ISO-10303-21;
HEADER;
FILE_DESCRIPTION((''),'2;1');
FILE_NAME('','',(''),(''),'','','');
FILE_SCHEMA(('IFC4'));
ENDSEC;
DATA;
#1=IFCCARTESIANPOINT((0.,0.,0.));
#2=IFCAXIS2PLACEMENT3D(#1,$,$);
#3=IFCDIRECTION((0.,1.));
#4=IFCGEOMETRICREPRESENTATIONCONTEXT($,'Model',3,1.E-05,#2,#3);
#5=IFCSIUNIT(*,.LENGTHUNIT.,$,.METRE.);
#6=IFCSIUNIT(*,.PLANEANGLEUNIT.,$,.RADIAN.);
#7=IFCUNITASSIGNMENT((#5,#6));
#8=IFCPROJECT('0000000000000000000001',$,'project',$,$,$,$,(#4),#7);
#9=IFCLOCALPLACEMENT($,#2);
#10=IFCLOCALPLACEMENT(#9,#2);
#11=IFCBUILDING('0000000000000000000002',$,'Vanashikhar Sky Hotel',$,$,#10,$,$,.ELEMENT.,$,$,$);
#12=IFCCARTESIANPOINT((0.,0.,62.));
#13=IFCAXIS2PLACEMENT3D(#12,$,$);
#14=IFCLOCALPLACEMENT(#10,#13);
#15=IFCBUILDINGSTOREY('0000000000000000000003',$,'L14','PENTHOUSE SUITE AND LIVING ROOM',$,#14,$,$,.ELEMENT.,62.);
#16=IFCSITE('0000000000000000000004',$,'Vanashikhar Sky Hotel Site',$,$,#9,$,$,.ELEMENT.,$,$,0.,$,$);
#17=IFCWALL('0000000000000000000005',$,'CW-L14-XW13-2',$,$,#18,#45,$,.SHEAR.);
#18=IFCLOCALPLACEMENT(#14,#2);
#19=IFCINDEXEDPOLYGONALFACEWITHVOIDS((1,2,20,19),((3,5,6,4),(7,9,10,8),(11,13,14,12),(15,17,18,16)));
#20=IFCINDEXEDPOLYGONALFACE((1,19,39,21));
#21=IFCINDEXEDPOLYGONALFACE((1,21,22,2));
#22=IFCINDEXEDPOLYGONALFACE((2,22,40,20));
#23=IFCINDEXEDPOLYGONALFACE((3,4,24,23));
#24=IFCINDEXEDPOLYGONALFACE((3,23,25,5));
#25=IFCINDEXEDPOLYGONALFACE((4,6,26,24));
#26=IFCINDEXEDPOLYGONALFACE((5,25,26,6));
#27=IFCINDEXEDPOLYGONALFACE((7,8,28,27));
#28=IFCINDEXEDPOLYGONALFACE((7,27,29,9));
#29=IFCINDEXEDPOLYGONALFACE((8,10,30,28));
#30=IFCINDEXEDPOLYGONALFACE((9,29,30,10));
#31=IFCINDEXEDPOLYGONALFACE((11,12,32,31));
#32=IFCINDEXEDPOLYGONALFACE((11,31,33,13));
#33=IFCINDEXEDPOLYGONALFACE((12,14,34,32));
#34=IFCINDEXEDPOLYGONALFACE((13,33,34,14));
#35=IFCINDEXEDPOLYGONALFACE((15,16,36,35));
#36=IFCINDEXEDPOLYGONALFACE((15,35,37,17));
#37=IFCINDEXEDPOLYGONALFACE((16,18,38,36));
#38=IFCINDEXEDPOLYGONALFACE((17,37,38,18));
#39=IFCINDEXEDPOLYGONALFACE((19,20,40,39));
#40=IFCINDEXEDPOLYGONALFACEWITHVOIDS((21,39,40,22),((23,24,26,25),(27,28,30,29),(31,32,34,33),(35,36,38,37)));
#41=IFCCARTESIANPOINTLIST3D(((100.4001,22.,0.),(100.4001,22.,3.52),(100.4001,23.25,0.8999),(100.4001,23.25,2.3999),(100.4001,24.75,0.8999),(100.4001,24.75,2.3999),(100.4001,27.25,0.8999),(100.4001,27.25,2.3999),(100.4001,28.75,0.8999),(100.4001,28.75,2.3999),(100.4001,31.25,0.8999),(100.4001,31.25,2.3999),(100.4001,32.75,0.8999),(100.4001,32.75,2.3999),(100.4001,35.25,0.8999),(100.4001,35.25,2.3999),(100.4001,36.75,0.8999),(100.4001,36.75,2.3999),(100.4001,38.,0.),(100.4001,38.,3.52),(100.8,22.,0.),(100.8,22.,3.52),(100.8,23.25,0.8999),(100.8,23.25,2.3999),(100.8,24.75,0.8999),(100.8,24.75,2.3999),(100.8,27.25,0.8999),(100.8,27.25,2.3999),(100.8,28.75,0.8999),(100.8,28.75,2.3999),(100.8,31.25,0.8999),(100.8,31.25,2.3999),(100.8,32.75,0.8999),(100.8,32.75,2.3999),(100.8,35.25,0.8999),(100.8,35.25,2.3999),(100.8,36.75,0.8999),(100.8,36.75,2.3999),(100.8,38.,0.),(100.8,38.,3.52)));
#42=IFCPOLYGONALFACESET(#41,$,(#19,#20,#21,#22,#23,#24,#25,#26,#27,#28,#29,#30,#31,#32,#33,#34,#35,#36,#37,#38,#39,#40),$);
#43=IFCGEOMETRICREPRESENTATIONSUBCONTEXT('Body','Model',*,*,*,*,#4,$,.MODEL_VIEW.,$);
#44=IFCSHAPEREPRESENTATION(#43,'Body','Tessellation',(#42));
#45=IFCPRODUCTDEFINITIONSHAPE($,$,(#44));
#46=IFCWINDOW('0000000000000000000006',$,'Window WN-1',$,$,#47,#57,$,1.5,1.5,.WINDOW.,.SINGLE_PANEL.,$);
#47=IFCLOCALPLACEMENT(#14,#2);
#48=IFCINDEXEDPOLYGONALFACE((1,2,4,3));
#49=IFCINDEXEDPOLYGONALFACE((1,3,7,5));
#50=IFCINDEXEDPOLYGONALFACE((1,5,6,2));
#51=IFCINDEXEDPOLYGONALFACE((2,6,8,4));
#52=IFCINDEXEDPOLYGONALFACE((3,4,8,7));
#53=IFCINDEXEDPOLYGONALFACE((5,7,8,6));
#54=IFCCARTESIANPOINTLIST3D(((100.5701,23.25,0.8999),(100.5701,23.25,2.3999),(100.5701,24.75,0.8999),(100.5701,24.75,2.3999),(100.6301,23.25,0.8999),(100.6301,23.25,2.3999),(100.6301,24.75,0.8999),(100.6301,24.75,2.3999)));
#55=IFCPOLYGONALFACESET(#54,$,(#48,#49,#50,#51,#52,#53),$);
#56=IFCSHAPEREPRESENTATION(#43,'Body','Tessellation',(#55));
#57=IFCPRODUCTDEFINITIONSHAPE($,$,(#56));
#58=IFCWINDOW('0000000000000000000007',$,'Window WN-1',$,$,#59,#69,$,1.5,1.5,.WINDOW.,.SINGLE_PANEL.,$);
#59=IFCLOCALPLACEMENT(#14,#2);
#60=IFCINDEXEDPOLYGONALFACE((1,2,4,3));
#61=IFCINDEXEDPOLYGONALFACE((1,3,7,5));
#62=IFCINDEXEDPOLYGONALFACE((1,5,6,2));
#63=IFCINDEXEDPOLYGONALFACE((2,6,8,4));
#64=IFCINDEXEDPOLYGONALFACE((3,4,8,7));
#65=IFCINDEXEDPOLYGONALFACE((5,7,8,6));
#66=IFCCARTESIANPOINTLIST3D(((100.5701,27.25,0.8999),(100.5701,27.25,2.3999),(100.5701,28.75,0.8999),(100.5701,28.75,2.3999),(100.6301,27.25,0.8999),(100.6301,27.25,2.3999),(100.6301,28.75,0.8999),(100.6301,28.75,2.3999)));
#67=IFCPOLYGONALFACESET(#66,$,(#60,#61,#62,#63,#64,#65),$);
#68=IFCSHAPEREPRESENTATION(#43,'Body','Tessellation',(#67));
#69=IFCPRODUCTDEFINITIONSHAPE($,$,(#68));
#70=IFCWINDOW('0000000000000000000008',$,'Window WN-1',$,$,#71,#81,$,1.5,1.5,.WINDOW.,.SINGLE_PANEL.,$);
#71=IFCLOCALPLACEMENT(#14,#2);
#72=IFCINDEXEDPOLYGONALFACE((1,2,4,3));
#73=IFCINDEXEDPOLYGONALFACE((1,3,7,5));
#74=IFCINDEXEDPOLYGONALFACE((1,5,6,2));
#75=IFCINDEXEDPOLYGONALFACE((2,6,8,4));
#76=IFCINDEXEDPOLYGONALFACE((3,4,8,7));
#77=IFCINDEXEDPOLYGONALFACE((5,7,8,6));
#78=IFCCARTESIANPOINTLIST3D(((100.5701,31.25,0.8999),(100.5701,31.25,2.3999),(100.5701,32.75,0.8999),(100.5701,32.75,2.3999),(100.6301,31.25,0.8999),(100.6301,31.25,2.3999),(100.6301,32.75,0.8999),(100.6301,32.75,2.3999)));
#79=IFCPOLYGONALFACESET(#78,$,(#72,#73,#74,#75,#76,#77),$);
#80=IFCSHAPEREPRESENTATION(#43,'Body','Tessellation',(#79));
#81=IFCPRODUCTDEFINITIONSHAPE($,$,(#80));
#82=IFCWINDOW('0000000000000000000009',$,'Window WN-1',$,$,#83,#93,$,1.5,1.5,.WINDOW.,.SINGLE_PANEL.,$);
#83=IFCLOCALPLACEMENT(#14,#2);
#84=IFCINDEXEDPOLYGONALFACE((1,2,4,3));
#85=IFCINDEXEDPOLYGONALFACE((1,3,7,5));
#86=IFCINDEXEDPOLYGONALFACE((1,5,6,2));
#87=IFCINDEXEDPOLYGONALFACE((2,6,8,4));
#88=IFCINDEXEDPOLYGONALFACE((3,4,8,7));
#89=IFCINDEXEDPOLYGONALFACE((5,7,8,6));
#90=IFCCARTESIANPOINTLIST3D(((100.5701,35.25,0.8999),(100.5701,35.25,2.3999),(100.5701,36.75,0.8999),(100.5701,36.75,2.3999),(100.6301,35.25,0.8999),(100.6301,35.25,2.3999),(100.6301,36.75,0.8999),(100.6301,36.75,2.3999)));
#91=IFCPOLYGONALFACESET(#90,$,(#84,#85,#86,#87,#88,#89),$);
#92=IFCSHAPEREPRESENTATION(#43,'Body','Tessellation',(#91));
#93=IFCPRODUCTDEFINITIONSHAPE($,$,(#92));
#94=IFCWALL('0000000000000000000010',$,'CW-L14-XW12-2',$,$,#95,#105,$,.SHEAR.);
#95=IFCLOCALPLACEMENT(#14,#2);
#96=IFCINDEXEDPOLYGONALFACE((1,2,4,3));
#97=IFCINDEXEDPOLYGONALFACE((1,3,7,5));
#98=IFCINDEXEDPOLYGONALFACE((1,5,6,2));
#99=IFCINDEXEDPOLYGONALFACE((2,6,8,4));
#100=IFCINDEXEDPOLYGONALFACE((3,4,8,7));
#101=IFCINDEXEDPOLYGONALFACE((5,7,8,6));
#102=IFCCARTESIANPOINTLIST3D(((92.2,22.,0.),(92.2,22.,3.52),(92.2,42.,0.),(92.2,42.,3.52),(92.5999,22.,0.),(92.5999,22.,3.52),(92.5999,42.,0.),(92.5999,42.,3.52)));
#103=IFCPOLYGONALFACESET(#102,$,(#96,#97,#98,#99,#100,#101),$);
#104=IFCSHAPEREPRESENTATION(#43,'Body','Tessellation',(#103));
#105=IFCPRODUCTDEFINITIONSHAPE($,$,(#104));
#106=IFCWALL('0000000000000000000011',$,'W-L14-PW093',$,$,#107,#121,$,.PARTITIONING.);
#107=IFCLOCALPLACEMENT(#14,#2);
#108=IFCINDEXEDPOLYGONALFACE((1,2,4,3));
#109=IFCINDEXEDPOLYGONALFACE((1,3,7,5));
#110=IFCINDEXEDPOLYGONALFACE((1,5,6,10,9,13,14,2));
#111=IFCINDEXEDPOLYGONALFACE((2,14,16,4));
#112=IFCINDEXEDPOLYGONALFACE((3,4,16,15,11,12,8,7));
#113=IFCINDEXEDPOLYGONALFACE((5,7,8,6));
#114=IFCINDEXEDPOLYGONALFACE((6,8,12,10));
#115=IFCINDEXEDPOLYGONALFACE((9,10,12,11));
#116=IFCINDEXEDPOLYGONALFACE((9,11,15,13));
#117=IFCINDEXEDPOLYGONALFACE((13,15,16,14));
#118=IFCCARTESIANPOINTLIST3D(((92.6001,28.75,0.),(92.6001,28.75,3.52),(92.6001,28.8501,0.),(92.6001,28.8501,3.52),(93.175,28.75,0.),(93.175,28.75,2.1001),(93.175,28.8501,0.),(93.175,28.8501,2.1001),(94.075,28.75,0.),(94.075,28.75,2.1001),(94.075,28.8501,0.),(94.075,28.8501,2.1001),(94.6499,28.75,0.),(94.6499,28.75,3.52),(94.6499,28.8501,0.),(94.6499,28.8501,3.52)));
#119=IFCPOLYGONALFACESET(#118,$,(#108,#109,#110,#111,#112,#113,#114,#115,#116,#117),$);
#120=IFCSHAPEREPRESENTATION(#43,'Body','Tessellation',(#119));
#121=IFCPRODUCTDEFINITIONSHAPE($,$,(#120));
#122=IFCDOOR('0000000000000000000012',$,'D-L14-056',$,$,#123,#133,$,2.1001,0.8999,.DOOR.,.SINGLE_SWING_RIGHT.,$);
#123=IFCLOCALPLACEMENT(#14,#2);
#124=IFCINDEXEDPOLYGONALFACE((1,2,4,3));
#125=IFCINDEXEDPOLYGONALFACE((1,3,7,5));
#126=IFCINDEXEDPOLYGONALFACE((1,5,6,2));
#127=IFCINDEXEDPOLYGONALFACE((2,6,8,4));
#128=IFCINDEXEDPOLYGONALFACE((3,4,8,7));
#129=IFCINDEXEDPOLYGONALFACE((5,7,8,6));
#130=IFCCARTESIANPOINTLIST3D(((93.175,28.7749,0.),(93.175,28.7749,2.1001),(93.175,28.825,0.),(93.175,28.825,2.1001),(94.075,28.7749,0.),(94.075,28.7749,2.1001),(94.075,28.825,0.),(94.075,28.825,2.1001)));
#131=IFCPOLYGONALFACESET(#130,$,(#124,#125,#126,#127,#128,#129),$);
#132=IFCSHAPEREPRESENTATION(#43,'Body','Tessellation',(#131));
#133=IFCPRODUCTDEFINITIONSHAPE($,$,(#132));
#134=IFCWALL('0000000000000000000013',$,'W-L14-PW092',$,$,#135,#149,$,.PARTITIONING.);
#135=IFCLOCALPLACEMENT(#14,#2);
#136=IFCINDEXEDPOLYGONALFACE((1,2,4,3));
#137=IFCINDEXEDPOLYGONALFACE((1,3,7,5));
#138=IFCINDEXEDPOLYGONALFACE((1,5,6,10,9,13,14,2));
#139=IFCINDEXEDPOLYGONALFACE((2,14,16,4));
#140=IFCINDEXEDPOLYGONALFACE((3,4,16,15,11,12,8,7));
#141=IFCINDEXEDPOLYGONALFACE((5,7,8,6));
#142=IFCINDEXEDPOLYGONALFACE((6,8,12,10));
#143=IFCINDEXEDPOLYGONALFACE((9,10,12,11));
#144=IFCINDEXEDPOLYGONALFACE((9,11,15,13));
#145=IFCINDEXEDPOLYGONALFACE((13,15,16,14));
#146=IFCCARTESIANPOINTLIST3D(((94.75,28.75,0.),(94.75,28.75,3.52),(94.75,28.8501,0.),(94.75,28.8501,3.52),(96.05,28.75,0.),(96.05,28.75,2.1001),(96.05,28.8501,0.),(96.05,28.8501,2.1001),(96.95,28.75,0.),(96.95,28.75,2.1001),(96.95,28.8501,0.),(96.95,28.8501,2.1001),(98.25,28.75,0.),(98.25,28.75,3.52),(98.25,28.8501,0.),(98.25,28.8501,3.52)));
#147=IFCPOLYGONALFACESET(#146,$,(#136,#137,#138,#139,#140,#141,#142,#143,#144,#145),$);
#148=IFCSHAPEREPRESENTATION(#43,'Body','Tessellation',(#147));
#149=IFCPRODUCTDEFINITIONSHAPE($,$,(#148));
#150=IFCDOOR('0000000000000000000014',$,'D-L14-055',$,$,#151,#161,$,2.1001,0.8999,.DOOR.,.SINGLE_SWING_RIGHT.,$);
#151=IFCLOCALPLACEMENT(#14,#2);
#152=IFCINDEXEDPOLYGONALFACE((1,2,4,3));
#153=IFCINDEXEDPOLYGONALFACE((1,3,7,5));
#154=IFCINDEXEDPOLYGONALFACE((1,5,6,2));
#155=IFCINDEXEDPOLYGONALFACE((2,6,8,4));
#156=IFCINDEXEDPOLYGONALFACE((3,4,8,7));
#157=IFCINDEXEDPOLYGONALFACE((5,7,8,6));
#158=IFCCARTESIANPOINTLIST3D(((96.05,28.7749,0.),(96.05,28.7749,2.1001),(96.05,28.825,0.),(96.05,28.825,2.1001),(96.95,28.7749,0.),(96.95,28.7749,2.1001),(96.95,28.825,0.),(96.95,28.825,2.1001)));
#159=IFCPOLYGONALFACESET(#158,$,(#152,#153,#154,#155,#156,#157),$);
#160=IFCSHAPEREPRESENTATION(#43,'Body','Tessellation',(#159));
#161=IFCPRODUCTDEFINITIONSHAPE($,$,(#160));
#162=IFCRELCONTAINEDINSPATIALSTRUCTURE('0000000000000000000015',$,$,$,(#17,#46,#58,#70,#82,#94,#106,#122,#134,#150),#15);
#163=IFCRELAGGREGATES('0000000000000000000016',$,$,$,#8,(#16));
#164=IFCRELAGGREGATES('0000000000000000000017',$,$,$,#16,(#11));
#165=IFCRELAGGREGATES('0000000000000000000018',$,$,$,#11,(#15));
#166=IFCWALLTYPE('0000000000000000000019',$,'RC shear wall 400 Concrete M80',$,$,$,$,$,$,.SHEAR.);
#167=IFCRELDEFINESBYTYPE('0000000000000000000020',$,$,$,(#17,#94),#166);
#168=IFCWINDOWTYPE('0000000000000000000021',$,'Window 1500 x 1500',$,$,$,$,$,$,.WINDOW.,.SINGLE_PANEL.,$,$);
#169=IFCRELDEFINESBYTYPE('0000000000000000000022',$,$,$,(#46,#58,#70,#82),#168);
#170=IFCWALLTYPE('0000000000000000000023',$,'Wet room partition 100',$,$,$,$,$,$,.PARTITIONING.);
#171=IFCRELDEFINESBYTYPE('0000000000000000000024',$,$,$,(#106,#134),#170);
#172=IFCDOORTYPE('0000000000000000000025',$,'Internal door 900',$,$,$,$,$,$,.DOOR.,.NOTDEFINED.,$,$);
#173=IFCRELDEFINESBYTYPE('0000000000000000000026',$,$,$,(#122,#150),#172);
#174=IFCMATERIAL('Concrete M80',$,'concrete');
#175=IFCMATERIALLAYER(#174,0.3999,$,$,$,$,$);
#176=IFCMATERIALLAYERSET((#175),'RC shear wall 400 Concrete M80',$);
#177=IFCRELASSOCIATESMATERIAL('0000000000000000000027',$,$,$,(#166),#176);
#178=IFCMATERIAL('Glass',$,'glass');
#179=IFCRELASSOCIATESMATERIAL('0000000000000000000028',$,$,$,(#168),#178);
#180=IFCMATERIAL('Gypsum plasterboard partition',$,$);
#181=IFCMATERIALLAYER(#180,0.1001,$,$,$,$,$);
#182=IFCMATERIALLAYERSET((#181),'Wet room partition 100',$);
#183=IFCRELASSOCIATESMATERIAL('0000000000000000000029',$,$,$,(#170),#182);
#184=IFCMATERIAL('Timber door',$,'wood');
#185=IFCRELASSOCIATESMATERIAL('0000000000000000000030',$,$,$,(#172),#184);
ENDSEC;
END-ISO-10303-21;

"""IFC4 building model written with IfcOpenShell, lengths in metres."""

from ifc_helpers import new_model, si_unit, direction, frame, frame_2d, origin, place, context, subcontext, project, spatial, rectangle, extrude, source, transform, mapped, material, layer, layer_set, type_object, element, fill, save


model = new_model("IFC4")

# Units and contexts
model_context = context("Model", 3, precision=1e-05, world=origin(), true_north=direction((0.0, 1.0)))
body_context = subcontext(model_context, "Body", "Model", "MODEL_VIEW")
ifc_project = project(units=[si_unit("LENGTHUNIT", "METRE"), si_unit("PLANEANGLEUNIT", "RADIAN")], contexts=[model_context])

# Site, building, storey
site_placement = place(None, origin())
site = spatial("IfcSite", under=ifc_project, at=site_placement, Name="Vanashikhar Sky Hotel Site", CompositionType="ELEMENT", RefElevation=0.0)
building_placement = place(site_placement, origin())
building = spatial("IfcBuilding", under=site, at=building_placement, Name="Vanashikhar Sky Hotel", CompositionType="ELEMENT")
storey_placement = place(building_placement, frame((0.0, 0.0, 62.0)))
storey = spatial("IfcBuildingStorey", under=building, at=storey_placement, Name="L14", Description="PENTHOUSE SUITE AND LIVING ROOM", CompositionType="ELEMENT", Elevation=62.0)

# Wall, openings, windows
ifc_material_1 = material(Name="Concrete M80", Category="concrete")
ifc_layer_1 = layer(ifc_material_1, 0.3999)
ifc_layer_set_1 = layer_set([ifc_layer_1], Name="RC shear wall 400 Concrete M80")
wall_type_1 = type_object("IfcWallType", Name="RC shear wall 400 Concrete M80", PredefinedType="SHEAR", material=ifc_layer_set_1)
shared_shape_1 = source(origin(), body_context, "Body", "SweptSolid", [
    extrude(rectangle(XDim=16.0, YDim=0.3999, at=frame_2d((8.0, 0.0))), origin(), (0.0, 0.0, 1.0), 3.52),
])
wall_1_placement = place(storey_placement, frame((100.6001, 22.0, 0.0), z_axis=(0.0, 0.0, 1.0), x_axis=(0.0, 1.0, 0.0)))
wall_1 = element("IfcWall", 1, at=wall_1_placement, inside=storey, type_object=wall_type_1, Name="CW-L14-XW13-2", PredefinedType="SHEAR", context=body_context, shape_type="MappedRepresentation", body=[
    mapped(shared_shape_1, transform((0.0, 0.0, 0.0), scale=1.0)),
])
shared_shape_2 = source(origin(), body_context, "Body", "SweptSolid", [
    extrude(rectangle(XDim=1.5, YDim=1.5, at=frame_2d((0.75, 0.75))), frame((0.0, 0.21, 0.0), z_axis=(0.0, -1.0, 0.0), x_axis=(1.0, 0.0, 0.0)), (0.0, 0.0, 1.0), 0.4199),
])
opening_1_placement = place(wall_1_placement, frame((1.25, 0.0, 0.8999)))
opening_1 = element("IfcOpeningElement", 2, at=opening_1_placement, cuts=wall_1, PredefinedType="OPENING", context=body_context, shape_type="MappedRepresentation", body=[
    mapped(shared_shape_2, transform((0.0, 0.0, 0.0), scale=1.0)),
])
opening_2_placement = place(wall_1_placement, frame((5.25, 0.0, 0.8999)))
opening_2 = element("IfcOpeningElement", 3, at=opening_2_placement, cuts=wall_1, PredefinedType="OPENING", context=body_context, shape_type="MappedRepresentation", body=[
    mapped(shared_shape_2, transform((0.0, 0.0, 0.0), scale=1.0)),
])
opening_3_placement = place(wall_1_placement, frame((9.25, 0.0, 0.8999)))
opening_3 = element("IfcOpeningElement", 4, at=opening_3_placement, cuts=wall_1, PredefinedType="OPENING", context=body_context, shape_type="MappedRepresentation", body=[
    mapped(shared_shape_2, transform((0.0, 0.0, 0.0), scale=1.0)),
])
opening_4_placement = place(wall_1_placement, frame((13.25, 0.0, 0.8999)))
opening_4 = element("IfcOpeningElement", 5, at=opening_4_placement, cuts=wall_1, PredefinedType="OPENING", context=body_context, shape_type="MappedRepresentation", body=[
    mapped(shared_shape_2, transform((0.0, 0.0, 0.0), scale=1.0)),
])
ifc_material_2 = material(Name="Glass", Category="glass")
window_type = type_object("IfcWindowType", Name="Window 1500 x 1500", PartitioningType="SINGLE_PANEL", PredefinedType="WINDOW", material=ifc_material_2)
shared_shape_3 = source(origin(), body_context, "Body", "SweptSolid", [
    extrude(rectangle(XDim=1.5, YDim=1.5, at=frame_2d((0.75, 0.75))), frame((0.0, 0.03, 0.0), z_axis=(0.0, -1.0, 0.0), x_axis=(1.0, 0.0, 0.0)), (0.0, 0.0, 1.0), 0.0601),
])
window_1_placement = place(opening_1_placement, origin())
window_1 = element("IfcWindow", 6, at=window_1_placement, inside=storey, type_object=window_type, Name="Window WN-1", OverallHeight=1.5, OverallWidth=1.5, PartitioningType="SINGLE_PANEL", PredefinedType="WINDOW", context=body_context, shape_type="MappedRepresentation", body=[
    mapped(shared_shape_3, transform((0.0, 0.0, 0.0), scale=1.0)),
])
fill(opening_1, window_1)
window_2_placement = place(opening_2_placement, origin())
window_2 = element("IfcWindow", 7, at=window_2_placement, inside=storey, type_object=window_type, Name="Window WN-1", OverallHeight=1.5, OverallWidth=1.5, PartitioningType="SINGLE_PANEL", PredefinedType="WINDOW", context=body_context, shape_type="MappedRepresentation", body=[
    mapped(shared_shape_3, transform((0.0, 0.0, 0.0), scale=1.0)),
])
fill(opening_2, window_2)
window_3_placement = place(opening_3_placement, origin())
window_3 = element("IfcWindow", 8, at=window_3_placement, inside=storey, type_object=window_type, Name="Window WN-1", OverallHeight=1.5, OverallWidth=1.5, PartitioningType="SINGLE_PANEL", PredefinedType="WINDOW", context=body_context, shape_type="MappedRepresentation", body=[
    mapped(shared_shape_3, transform((0.0, 0.0, 0.0), scale=1.0)),
])
fill(opening_3, window_3)
window_4_placement = place(opening_4_placement, origin())
window_4 = element("IfcWindow", 9, at=window_4_placement, inside=storey, type_object=window_type, Name="Window WN-1", OverallHeight=1.5, OverallWidth=1.5, PartitioningType="SINGLE_PANEL", PredefinedType="WINDOW", context=body_context, shape_type="MappedRepresentation", body=[
    mapped(shared_shape_3, transform((0.0, 0.0, 0.0), scale=1.0)),
])
fill(opening_4, window_4)

# Wall
shared_shape_4 = source(origin(), body_context, "Body", "SweptSolid", [
    extrude(rectangle(XDim=20.0, YDim=0.3999, at=frame_2d((10.0, 0.0))), origin(), (0.0, 0.0, 1.0), 3.52),
])
wall_2_placement = place(storey_placement, frame((92.3999, 22.0, 0.0), z_axis=(0.0, 0.0, 1.0), x_axis=(0.0, 1.0, 0.0)))
element("IfcWall", 10, at=wall_2_placement, inside=storey, type_object=wall_type_1, Name="CW-L14-XW12-2", PredefinedType="SHEAR", context=body_context, shape_type="MappedRepresentation", body=[
    mapped(shared_shape_4, transform((0.0, 0.0, 0.0), scale=1.0)),
])

# Walls, openings, doors
ifc_material_3 = material(Name="Gypsum plasterboard partition")
ifc_layer_2 = layer(ifc_material_3, 0.1001)
ifc_layer_set_2 = layer_set([ifc_layer_2], Name="Wet room partition 100")
wall_type_2 = type_object("IfcWallType", Name="Wet room partition 100", PredefinedType="PARTITIONING", material=ifc_layer_set_2)
shared_shape_5 = source(origin(), body_context, "Body", "SweptSolid", [
    extrude(rectangle(XDim=2.0498, YDim=0.1001, at=frame_2d((1.0249, 0.0))), origin(), (0.0, 0.0, 1.0), 3.52),
])
wall_3_placement = place(storey_placement, frame((92.6001, 28.8, 0.0), z_axis=(0.0, 0.0, 1.0), x_axis=(1.0, 0.0, 0.0)))
wall_3 = element("IfcWall", 11, at=wall_3_placement, inside=storey, type_object=wall_type_2, Name="W-L14-PW093", PredefinedType="PARTITIONING", context=body_context, shape_type="MappedRepresentation", body=[
    mapped(shared_shape_5, transform((0.0, 0.0, 0.0), scale=1.0)),
])
shared_shape_6 = source(origin(), body_context, "Body", "SweptSolid", [
    extrude(rectangle(XDim=0.8999, YDim=2.1001, at=frame_2d((0.45, 1.05))), frame((0.0, 0.0601, 0.0), z_axis=(0.0, -1.0, 0.0), x_axis=(1.0, 0.0, 0.0)), (0.0, 0.0, 1.0), 0.1201),
])
opening_5_placement = place(wall_3_placement, frame((0.575, 0.0, 0.0)))
opening_5 = element("IfcOpeningElement", 12, at=opening_5_placement, cuts=wall_3, PredefinedType="OPENING", context=body_context, shape_type="MappedRepresentation", body=[
    mapped(shared_shape_6, transform((0.0, 0.0, 0.0), scale=1.0)),
])
ifc_material_4 = material(Name="Timber door", Category="wood")
door_type_1 = type_object("IfcDoorType", Name="Internal door 900", OperationType="NOTDEFINED", PredefinedType="DOOR", material=ifc_material_4)
shared_shape_7 = source(origin(), body_context, "Body", "SweptSolid", [
    extrude(rectangle(XDim=0.8999, YDim=2.1001, at=frame_2d((0.45, 1.05))), frame((0.0, 0.0249, 0.0), z_axis=(0.0, -1.0, 0.0), x_axis=(1.0, 0.0, 0.0)), (0.0, 0.0, 1.0), 0.05),
])
door_1_placement = place(opening_5_placement, origin())
door_1 = element("IfcDoor", 13, at=door_1_placement, inside=storey, type_object=door_type_1, Name="D-L14-056", OperationType="SINGLE_SWING_RIGHT", OverallHeight=2.1001, OverallWidth=0.8999, PredefinedType="DOOR", context=body_context, shape_type="MappedRepresentation", body=[
    mapped(shared_shape_7, transform((0.0, 0.0, 0.0), scale=1.0)),
])
fill(opening_5, door_1)
shared_shape_8 = source(origin(), body_context, "Body", "SweptSolid", [
    extrude(rectangle(XDim=3.5, YDim=0.1001, at=frame_2d((1.75, 0.0))), origin(), (0.0, 0.0, 1.0), 3.52),
])
wall_4_placement = place(storey_placement, frame((94.75, 28.8, 0.0), z_axis=(0.0, 0.0, 1.0), x_axis=(1.0, 0.0, 0.0)))
wall_4 = element("IfcWall", 14, at=wall_4_placement, inside=storey, type_object=wall_type_2, Name="W-L14-PW092", PredefinedType="PARTITIONING", context=body_context, shape_type="MappedRepresentation", body=[
    mapped(shared_shape_8, transform((0.0, 0.0, 0.0), scale=1.0)),
])
opening_6_placement = place(wall_4_placement, frame((1.3, 0.0, 0.0)))
opening_6 = element("IfcOpeningElement", 15, at=opening_6_placement, cuts=wall_4, PredefinedType="OPENING", context=body_context, shape_type="MappedRepresentation", body=[
    mapped(shared_shape_6, transform((0.0, 0.0, 0.0), scale=1.0)),
])
door_2_placement = place(opening_6_placement, origin())
door_2 = element("IfcDoor", 16, at=door_2_placement, inside=storey, type_object=door_type_1, Name="D-L14-055", OperationType="SINGLE_SWING_RIGHT", OverallHeight=2.1001, OverallWidth=0.8999, PredefinedType="DOOR", context=body_context, shape_type="MappedRepresentation", body=[
    mapped(shared_shape_7, transform((0.0, 0.0, 0.0), scale=1.0)),
])
fill(opening_6, door_2)

save(model, "model.ifc")
